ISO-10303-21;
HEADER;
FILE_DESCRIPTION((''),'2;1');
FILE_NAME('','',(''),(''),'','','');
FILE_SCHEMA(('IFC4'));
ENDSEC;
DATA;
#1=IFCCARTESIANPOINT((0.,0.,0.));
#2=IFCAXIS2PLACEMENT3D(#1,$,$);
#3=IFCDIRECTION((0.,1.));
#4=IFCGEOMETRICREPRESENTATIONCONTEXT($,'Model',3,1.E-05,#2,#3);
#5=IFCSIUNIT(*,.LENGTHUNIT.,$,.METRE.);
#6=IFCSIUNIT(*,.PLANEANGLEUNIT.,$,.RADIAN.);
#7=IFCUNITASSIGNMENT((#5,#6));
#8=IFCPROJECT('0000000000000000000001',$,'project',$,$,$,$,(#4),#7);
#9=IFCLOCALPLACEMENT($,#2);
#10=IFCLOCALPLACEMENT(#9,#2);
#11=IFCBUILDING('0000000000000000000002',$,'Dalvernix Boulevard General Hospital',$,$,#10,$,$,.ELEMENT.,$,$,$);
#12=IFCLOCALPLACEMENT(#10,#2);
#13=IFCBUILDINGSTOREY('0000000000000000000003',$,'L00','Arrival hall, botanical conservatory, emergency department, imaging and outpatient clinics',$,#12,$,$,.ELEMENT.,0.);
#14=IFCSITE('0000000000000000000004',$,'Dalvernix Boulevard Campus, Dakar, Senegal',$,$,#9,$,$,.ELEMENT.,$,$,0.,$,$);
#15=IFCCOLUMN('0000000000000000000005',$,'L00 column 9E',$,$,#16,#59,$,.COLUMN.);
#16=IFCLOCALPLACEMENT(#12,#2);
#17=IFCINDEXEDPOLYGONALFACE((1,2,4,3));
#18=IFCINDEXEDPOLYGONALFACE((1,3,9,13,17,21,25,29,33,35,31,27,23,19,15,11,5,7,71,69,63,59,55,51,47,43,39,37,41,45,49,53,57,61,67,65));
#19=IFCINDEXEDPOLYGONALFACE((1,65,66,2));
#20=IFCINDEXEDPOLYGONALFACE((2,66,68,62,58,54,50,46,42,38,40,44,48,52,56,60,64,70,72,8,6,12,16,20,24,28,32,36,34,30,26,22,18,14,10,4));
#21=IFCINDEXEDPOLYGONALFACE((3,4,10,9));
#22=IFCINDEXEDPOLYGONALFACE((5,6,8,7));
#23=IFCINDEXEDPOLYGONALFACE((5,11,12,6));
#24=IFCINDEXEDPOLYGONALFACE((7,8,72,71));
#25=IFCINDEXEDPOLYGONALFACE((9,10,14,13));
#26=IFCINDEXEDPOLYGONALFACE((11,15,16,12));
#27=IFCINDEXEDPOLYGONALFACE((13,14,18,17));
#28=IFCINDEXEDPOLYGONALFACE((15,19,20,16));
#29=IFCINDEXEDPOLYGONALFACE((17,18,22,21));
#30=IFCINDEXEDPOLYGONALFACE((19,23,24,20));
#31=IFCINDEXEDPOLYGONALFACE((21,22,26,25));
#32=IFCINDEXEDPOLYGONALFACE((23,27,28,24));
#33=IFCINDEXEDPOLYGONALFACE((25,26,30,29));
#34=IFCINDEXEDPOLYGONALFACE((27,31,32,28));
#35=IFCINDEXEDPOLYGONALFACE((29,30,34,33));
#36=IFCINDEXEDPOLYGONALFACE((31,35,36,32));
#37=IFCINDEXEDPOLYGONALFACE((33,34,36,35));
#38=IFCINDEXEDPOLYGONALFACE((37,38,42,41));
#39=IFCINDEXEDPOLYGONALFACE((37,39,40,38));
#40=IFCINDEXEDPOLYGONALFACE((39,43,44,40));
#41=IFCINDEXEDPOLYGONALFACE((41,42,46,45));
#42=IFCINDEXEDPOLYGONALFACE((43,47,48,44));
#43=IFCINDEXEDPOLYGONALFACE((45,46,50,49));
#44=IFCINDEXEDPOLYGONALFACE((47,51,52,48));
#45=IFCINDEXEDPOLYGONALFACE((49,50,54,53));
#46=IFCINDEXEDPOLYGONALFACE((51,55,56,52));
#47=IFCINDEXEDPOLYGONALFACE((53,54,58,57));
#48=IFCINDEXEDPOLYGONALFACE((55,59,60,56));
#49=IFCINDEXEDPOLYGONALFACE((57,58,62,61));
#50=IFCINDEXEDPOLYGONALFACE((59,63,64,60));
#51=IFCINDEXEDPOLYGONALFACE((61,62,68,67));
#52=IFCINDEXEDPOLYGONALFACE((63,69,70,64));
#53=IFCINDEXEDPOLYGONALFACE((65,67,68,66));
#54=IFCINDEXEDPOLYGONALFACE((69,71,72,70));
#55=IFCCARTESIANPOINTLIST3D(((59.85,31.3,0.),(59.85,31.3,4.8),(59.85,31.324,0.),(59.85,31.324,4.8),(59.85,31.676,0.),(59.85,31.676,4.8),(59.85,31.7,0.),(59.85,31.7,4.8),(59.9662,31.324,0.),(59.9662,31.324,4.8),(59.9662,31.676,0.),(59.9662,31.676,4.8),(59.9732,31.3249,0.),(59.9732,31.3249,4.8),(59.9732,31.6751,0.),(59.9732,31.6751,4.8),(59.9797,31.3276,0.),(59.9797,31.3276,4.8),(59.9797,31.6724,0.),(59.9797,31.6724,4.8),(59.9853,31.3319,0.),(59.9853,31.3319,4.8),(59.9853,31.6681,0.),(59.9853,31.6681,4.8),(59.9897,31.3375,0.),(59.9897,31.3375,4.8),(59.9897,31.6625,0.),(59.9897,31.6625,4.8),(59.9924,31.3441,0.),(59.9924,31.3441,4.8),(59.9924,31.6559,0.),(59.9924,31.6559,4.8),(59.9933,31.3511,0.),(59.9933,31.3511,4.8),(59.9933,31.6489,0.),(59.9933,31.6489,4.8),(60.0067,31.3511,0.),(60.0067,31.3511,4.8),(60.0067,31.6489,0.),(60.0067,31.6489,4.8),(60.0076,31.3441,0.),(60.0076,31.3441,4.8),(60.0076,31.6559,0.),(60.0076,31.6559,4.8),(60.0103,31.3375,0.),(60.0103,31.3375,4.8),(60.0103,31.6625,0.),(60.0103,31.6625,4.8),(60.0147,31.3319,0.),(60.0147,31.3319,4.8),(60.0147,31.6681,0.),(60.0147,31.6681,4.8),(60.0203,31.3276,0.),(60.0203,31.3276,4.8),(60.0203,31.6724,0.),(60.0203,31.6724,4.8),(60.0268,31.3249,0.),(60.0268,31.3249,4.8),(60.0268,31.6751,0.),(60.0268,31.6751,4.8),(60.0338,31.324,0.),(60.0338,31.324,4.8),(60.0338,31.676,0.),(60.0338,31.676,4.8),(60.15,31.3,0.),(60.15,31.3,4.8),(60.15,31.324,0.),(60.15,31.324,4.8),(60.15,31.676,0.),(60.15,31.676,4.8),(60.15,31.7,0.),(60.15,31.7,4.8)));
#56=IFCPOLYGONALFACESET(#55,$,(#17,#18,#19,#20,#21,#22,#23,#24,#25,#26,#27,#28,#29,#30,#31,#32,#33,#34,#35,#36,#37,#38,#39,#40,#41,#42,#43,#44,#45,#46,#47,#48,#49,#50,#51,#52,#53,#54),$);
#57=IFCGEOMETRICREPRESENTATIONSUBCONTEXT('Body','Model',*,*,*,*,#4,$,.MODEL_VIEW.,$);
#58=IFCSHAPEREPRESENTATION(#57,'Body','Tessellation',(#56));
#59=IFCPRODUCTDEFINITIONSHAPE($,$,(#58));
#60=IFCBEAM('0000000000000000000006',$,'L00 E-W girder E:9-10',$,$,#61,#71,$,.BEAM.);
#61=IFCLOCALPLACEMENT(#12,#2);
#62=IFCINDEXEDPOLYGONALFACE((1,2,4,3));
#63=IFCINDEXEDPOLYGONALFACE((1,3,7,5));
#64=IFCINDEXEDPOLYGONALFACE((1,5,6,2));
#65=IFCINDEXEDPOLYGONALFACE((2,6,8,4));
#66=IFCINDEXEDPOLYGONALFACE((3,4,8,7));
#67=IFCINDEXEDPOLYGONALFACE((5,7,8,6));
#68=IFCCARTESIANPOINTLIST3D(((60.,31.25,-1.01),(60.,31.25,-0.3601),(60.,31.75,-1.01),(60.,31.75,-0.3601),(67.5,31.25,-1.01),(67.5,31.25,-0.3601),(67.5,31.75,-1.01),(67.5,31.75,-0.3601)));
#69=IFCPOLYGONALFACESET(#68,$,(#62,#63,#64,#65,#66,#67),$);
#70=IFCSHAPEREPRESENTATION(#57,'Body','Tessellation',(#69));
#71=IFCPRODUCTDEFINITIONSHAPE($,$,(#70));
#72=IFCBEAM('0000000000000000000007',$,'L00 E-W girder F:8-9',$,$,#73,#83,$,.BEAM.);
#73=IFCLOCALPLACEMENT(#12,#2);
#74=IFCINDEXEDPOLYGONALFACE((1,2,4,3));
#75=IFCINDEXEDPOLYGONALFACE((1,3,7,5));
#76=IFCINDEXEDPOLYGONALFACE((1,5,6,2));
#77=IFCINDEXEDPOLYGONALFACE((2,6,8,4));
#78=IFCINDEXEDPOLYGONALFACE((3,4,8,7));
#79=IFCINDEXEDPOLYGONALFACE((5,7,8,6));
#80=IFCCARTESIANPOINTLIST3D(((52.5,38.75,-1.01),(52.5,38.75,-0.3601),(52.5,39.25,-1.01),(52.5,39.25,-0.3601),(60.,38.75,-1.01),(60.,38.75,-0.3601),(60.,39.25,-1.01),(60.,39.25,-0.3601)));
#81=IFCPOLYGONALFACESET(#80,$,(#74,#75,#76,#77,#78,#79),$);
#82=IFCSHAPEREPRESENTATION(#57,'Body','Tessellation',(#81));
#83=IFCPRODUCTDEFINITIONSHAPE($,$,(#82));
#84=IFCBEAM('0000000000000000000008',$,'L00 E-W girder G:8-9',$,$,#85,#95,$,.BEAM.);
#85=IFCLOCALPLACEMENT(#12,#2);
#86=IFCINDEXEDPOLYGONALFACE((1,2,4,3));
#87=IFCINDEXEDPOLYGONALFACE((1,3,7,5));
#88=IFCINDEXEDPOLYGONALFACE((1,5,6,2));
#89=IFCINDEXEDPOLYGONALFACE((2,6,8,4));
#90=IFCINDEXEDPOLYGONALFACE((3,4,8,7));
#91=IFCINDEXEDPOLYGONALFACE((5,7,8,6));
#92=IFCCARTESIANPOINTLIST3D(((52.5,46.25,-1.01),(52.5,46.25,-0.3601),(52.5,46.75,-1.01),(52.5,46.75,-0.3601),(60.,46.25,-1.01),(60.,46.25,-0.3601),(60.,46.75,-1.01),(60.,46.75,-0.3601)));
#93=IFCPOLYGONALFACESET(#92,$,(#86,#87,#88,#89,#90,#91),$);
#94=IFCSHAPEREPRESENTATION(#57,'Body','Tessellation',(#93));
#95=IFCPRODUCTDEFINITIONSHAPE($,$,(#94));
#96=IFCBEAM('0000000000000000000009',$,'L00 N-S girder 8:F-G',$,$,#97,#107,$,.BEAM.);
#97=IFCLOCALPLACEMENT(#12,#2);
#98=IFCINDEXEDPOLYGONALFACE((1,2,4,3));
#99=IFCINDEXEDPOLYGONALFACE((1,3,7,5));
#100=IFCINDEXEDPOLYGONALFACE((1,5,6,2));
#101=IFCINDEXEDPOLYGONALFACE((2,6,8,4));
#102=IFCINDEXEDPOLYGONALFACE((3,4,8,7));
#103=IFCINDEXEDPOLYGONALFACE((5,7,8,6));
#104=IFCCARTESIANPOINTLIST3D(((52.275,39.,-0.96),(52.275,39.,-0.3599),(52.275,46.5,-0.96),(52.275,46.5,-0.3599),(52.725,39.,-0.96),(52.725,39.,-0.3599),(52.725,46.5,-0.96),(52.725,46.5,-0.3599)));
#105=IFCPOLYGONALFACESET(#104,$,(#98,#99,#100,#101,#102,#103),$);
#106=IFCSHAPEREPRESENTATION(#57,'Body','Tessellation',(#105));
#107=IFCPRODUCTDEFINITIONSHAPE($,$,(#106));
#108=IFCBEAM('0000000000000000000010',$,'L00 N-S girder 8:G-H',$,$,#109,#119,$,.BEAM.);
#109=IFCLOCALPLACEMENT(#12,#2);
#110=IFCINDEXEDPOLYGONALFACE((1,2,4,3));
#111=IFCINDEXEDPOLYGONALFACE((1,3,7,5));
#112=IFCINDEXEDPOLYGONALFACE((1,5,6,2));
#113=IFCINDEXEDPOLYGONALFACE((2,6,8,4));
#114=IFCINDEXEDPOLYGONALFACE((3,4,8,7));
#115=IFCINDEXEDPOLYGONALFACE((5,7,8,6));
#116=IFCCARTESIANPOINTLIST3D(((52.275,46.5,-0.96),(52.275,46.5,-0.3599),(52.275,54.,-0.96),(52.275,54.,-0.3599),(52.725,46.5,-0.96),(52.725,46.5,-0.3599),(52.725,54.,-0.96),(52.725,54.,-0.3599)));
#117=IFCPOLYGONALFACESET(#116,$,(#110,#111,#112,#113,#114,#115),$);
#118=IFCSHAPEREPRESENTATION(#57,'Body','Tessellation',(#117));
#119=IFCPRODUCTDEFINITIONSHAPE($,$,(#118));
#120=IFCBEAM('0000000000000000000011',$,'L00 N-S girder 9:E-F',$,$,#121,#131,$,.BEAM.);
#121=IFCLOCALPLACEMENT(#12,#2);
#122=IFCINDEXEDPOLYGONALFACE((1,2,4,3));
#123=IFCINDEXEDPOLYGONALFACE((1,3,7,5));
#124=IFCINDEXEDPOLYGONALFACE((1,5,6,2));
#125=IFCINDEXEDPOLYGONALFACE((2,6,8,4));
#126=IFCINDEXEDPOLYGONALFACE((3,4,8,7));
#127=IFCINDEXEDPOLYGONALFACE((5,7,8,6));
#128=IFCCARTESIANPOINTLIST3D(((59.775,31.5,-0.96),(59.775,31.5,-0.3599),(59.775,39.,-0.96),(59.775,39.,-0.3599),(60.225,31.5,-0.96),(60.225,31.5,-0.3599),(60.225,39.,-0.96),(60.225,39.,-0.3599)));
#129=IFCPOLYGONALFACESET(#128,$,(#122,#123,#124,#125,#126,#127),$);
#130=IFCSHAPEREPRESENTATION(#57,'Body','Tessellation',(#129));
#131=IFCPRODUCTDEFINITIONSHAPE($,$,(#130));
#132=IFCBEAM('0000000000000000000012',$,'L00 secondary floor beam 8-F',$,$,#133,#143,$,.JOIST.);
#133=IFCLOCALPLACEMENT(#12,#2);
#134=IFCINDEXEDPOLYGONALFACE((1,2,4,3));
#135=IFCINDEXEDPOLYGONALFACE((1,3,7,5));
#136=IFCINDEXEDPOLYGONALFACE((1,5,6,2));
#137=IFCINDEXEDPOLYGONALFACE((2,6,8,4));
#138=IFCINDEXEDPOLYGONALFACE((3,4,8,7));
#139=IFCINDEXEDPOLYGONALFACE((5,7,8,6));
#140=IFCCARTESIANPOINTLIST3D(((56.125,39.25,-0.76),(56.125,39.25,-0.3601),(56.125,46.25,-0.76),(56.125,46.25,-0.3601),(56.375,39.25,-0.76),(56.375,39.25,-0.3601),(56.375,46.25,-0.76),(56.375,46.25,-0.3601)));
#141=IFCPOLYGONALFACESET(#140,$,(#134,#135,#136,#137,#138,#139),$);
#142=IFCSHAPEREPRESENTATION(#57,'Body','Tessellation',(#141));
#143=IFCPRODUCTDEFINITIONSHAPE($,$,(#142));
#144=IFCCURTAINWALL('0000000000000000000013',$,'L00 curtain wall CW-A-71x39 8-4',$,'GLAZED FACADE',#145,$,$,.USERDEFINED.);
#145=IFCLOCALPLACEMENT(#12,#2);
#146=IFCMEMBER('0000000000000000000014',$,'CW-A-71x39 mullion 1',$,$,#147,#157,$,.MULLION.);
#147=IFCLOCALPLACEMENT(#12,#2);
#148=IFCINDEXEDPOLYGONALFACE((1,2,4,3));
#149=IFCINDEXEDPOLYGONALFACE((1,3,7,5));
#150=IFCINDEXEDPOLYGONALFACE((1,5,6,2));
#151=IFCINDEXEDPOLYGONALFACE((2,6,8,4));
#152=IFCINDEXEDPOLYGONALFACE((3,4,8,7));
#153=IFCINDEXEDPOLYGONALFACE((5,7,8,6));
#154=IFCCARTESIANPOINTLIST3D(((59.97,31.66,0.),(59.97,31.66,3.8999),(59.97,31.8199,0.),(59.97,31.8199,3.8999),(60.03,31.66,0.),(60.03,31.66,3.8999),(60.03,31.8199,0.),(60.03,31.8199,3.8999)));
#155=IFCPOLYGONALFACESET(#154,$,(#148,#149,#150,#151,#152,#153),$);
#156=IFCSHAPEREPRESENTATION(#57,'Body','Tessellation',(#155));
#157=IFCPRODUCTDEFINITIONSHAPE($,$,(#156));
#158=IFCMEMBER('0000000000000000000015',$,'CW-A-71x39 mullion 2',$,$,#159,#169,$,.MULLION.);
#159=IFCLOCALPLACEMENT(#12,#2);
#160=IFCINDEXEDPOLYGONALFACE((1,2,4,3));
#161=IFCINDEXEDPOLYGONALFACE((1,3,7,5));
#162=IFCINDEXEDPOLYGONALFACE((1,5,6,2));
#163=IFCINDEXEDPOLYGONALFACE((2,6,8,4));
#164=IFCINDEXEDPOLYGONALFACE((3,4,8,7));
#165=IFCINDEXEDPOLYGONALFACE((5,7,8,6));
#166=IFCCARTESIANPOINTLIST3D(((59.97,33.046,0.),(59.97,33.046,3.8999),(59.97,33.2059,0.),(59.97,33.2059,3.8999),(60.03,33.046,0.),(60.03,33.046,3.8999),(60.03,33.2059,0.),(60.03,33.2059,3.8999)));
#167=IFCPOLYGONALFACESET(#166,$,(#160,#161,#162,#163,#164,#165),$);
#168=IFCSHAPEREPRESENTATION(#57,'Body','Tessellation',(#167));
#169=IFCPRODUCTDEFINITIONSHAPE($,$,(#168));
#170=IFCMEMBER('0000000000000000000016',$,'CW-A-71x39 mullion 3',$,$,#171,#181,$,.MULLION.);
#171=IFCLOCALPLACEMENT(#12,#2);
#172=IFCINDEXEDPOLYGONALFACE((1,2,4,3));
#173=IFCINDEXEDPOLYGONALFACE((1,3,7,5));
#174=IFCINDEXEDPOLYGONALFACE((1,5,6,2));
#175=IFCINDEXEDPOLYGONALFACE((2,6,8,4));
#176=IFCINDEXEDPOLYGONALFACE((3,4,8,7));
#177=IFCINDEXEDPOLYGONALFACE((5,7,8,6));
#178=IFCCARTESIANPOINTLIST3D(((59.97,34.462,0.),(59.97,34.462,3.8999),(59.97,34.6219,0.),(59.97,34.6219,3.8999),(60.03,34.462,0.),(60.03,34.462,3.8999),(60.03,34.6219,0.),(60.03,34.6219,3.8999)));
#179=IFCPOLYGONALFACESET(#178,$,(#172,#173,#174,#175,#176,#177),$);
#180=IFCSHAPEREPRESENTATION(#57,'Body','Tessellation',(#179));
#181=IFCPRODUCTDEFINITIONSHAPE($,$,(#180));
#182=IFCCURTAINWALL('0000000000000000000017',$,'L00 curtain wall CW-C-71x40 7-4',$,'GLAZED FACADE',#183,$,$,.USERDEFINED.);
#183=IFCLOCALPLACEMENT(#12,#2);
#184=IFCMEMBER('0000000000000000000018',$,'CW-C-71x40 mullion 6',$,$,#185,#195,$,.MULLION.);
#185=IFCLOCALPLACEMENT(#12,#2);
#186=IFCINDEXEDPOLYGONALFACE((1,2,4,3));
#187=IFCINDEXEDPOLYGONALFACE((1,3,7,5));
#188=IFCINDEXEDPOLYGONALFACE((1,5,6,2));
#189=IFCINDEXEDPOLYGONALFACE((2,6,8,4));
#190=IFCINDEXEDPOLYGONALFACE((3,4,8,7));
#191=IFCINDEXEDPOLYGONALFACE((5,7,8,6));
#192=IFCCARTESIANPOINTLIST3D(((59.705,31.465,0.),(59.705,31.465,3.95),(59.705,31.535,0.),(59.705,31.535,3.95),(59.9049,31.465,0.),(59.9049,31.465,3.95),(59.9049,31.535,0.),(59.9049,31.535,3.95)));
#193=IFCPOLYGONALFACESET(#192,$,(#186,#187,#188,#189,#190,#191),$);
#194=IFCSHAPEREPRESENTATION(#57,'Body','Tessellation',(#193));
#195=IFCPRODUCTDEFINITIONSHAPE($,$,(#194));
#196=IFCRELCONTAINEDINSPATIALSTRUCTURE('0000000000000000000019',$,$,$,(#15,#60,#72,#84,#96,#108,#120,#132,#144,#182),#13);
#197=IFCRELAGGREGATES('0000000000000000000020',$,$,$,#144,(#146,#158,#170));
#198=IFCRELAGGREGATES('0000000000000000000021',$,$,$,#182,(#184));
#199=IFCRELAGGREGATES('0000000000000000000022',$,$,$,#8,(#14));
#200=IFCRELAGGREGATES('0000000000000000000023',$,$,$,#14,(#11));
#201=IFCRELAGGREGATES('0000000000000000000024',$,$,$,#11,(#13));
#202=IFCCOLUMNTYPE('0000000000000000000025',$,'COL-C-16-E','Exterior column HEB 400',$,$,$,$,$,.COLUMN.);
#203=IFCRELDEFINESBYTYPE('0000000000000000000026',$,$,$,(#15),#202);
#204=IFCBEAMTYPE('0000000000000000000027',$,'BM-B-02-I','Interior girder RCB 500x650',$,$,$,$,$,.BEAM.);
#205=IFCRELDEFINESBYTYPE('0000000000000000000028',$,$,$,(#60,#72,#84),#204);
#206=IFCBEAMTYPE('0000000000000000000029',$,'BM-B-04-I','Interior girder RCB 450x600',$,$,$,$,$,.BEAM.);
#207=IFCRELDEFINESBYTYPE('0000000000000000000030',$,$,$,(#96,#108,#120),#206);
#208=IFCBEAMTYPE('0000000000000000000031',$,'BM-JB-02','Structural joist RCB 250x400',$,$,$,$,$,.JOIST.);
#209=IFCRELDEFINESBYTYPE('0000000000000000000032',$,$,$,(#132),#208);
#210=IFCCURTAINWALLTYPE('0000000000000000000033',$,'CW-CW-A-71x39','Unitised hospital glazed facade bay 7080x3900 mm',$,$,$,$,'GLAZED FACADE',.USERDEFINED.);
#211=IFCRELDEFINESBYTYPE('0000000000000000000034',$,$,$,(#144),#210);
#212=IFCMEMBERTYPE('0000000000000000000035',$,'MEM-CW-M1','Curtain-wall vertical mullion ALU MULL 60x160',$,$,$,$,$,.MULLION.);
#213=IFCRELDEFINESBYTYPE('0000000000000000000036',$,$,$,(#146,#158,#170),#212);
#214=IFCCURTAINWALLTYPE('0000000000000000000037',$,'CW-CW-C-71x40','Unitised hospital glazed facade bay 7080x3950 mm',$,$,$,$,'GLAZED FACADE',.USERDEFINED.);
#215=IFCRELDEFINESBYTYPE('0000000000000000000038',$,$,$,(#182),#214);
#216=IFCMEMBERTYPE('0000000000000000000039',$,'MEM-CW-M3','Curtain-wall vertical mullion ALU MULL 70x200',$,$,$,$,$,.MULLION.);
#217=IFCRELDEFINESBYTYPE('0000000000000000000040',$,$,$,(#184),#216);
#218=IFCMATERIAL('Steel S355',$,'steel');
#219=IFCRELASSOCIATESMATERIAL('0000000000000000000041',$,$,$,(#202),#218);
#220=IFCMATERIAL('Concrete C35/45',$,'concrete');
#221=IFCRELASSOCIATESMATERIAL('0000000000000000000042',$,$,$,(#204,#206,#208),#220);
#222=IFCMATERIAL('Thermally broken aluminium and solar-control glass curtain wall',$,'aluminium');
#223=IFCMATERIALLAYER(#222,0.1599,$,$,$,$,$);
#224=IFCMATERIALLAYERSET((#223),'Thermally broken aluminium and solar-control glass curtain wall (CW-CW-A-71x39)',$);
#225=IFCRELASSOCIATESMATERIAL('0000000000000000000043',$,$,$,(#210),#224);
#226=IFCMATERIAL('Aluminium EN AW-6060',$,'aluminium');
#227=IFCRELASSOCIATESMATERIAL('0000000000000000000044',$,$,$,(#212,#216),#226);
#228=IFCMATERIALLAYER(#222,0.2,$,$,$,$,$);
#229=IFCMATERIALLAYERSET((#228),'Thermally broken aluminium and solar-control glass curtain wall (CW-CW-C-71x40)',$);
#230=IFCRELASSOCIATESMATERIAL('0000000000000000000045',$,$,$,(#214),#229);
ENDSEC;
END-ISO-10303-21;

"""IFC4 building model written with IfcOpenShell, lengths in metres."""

from ifc_helpers import new_model, si_unit, direction, frame, origin, origin_2d, place, context, subcontext, project, spatial, rectangle, i_section, extrude, material, layer, layer_set, material_profile, profile_set, type_object, element, aggregate, save


model = new_model("IFC4")

# Units and contexts
model_context = context("Model", 3, precision=1e-05, world=origin(), true_north=direction((0.0, 1.0)))
body_context = subcontext(model_context, "Body", "Model", "MODEL_VIEW")
ifc_project = project(units=[si_unit("LENGTHUNIT", "METRE"), si_unit("PLANEANGLEUNIT", "RADIAN")], contexts=[model_context])

# Site, building, storey
site_placement = place(None, origin())
site = spatial("IfcSite", under=ifc_project, at=site_placement, Name="Dalvernix Boulevard Campus, Dakar, Senegal", CompositionType="ELEMENT", RefElevation=0.0)
building_placement = place(site_placement, origin())
building = spatial("IfcBuilding", under=site, at=building_placement, Name="Dalvernix Boulevard General Hospital", CompositionType="ELEMENT")
storey_placement = place(building_placement, origin())
storey = spatial("IfcBuildingStorey", under=building, at=storey_placement, Name="L00", Description="Arrival hall, botanical conservatory, emergency department, imaging and outpatient clinics", CompositionType="ELEMENT", Elevation=0.0)

# Column
ifc_material_1 = material(Name="Steel S355", Category="steel")
ifc_material_profile_1 = material_profile(ifc_material_1, i_section(OverallWidth=0.3, OverallDepth=0.3999, WebThickness=0.0134, FlangeThickness=0.0239, FilletRadius=0.0271, at=origin_2d()), Name="HEB 400")
ifc_profile_set_1 = profile_set([ifc_material_profile_1], Name="Steel S355")
column_type = type_object("IfcColumnType", Name="COL-C-16-E", Description="Exterior column HEB 400", PredefinedType="COLUMN", material=ifc_profile_set_1)
column_placement = place(storey_placement, frame((60.0, 31.5, 0.0), z_axis=(0.0, 0.0, 1.0), x_axis=(1.0, 0.0, 0.0)))
element("IfcColumn", 1, at=column_placement, inside=storey, type_object=column_type, Name="L00 column 9E", PredefinedType="COLUMN", context=body_context, shape_type="SweptSolid", body=[
    extrude(i_section(OverallWidth=0.3, OverallDepth=0.3999, WebThickness=0.0134, FlangeThickness=0.0239, FilletRadius=0.0271, at=origin_2d()), origin(), (0.0, 0.0, 1.0), 4.8),
])

# Beams
ifc_material_2 = material(Name="Concrete C35/45", Category="concrete")
ifc_material_profile_2 = material_profile(ifc_material_2, rectangle(XDim=0.5, YDim=0.6499, at=origin_2d()), Name="RCB 500x650")
ifc_profile_set_2 = profile_set([ifc_material_profile_2], Name="Concrete C35/45")
beam_type_1 = type_object("IfcBeamType", Name="BM-B-02-I", Description="Interior girder RCB 500x650", PredefinedType="BEAM", material=ifc_profile_set_2)
for number, where, z_axis, x_axis, name in (
    (2, (60.0, 31.5, -0.6851), (1.0, 0.0, 0.0), (0.0, 1.0, 0.0), "L00 E-W girder E:9-10"),
    (3, (52.5, 39.0, -0.6851), (1.0, 0.0, 0.0), (0.0, 1.0, 0.0), "L00 E-W girder F:8-9"),
    (4, (52.5, 46.5, -0.6851), (1.0, 0.0, 0.0), (0.0, 1.0, 0.0), "L00 E-W girder G:8-9"),
):
    element("IfcBeam", number, at=place(storey_placement, frame(where, z_axis=z_axis, x_axis=x_axis)), inside=storey, type_object=beam_type_1, Name=name, PredefinedType="BEAM", context=body_context, shape_type="SweptSolid", body=[
        extrude(rectangle(XDim=0.5, YDim=0.6499, at=origin_2d()), origin(), (0.0, 0.0, 1.0), 7.5),
    ])
ifc_material_profile_3 = material_profile(ifc_material_2, rectangle(XDim=0.45, YDim=0.6001, at=origin_2d()), Name="RCB 450x600")
ifc_profile_set_3 = profile_set([ifc_material_profile_3], Name="Concrete C35/45")
beam_type_2 = type_object("IfcBeamType", Name="BM-B-04-I", Description="Interior girder RCB 450x600", PredefinedType="BEAM", material=ifc_profile_set_3)
for number, where, z_axis, x_axis, name in (
    (5, (52.5, 39.0, -0.6599), (0.0, 1.0, 0.0), (-1.0, 0.0, 0.0), "L00 N-S girder 8:F-G"),
    (6, (52.5, 46.5, -0.6599), (0.0, 1.0, 0.0), (-1.0, 0.0, 0.0), "L00 N-S girder 8:G-H"),
    (7, (60.0, 31.5, -0.6599), (0.0, 1.0, 0.0), (-1.0, 0.0, 0.0), "L00 N-S girder 9:E-F"),
):
    element("IfcBeam", number, at=place(storey_placement, frame(where, z_axis=z_axis, x_axis=x_axis)), inside=storey, type_object=beam_type_2, Name=name, PredefinedType="BEAM", context=body_context, shape_type="SweptSolid", body=[
        extrude(rectangle(XDim=0.45, YDim=0.6001, at=origin_2d()), origin(), (0.0, 0.0, 1.0), 7.5),
    ])
ifc_material_profile_4 = material_profile(ifc_material_2, rectangle(XDim=0.25, YDim=0.3999, at=origin_2d()), Name="RCB 250x400")
ifc_profile_set_4 = profile_set([ifc_material_profile_4], Name="Concrete C35/45")
beam_type_3 = type_object("IfcBeamType", Name="BM-JB-02", Description="Structural joist RCB 250x400", PredefinedType="JOIST", material=ifc_profile_set_4)
beam_placement = place(storey_placement, frame((56.25, 39.25, -0.5601), z_axis=(0.0, 1.0, 0.0), x_axis=(-1.0, 0.0, 0.0)))
element("IfcBeam", 8, at=beam_placement, inside=storey, type_object=beam_type_3, Name="L00 secondary floor beam 8-F", PredefinedType="JOIST", context=body_context, shape_type="SweptSolid", body=[
    extrude(rectangle(XDim=0.25, YDim=0.3999, at=origin_2d()), origin(), (0.0, 0.0, 1.0), 7.0),
])

# Curtain wall, members
ifc_material_3 = material(Name="Thermally broken aluminium and solar-control glass curtain wall", Category="aluminium")
ifc_layer_1 = layer(ifc_material_3, 0.1599)
ifc_layer_set_1 = layer_set([ifc_layer_1], Name="Thermally broken aluminium and solar-control glass curtain wall (CW-CW-A-71x39)")
curtain_wall_type_1 = type_object("IfcCurtainWallType", Name="CW-CW-A-71x39", Description="Unitised hospital glazed facade bay 7080x3900 mm", ElementType="GLAZED FACADE", PredefinedType="USERDEFINED", material=ifc_layer_set_1)
curtain_wall_1_placement = place(storey_placement, origin())
curtain_wall_1 = element("IfcCurtainWall", 9, at=curtain_wall_1_placement, inside=storey, type_object=curtain_wall_type_1, Name="L00 curtain wall CW-A-71x39 8-4", ObjectType="GLAZED FACADE", PredefinedType="USERDEFINED")
ifc_material_4 = material(Name="Aluminium EN AW-6060", Category="aluminium")
ifc_material_profile_5 = material_profile(ifc_material_4, rectangle(XDim=0.0601, YDim=0.1599, at=origin_2d()), Name="ALU MULL 60x160")
ifc_profile_set_5 = profile_set([ifc_material_profile_5], Name="Aluminium EN AW-6060")
member_type_1 = type_object("IfcMemberType", Name="MEM-CW-M1", Description="Curtain-wall vertical mullion ALU MULL 60x160", PredefinedType="MULLION", material=ifc_profile_set_5)
member_1_placement = place(storey_placement, frame((60.0, 31.74, 0.0), z_axis=(0.0, 0.0, 1.0), x_axis=(-1.0, 0.0, 0.0)))
member_1 = element("IfcMember", 10, at=member_1_placement, type_object=member_type_1, Name="CW-A-71x39 mullion 1", PredefinedType="MULLION", context=body_context, shape_type="SweptSolid", body=[
    extrude(rectangle(XDim=0.0601, YDim=0.1599, at=origin_2d()), origin(), (0.0, 0.0, 1.0), 3.8999),
])
member_2_placement = place(storey_placement, frame((60.0, 33.126, 0.0), z_axis=(0.0, 0.0, 1.0), x_axis=(-1.0, 0.0, 0.0)))
member_2 = element("IfcMember", 11, at=member_2_placement, type_object=member_type_1, Name="CW-A-71x39 mullion 2", PredefinedType="MULLION", context=body_context, shape_type="SweptSolid", body=[
    extrude(rectangle(XDim=0.0601, YDim=0.1599, at=origin_2d()), origin(), (0.0, 0.0, 1.0), 3.8999),
])
member_3_placement = place(storey_placement, frame((60.0, 34.542, 0.0), z_axis=(0.0, 0.0, 1.0), x_axis=(-1.0, 0.0, 0.0)))
member_3 = element("IfcMember", 12, at=member_3_placement, type_object=member_type_1, Name="CW-A-71x39 mullion 3", PredefinedType="MULLION", context=body_context, shape_type="SweptSolid", body=[
    extrude(rectangle(XDim=0.0601, YDim=0.1599, at=origin_2d()), origin(), (0.0, 0.0, 1.0), 3.8999),
])

# Curtain wall, member
ifc_layer_2 = layer(ifc_material_3, 0.2)
ifc_layer_set_2 = layer_set([ifc_layer_2], Name="Thermally broken aluminium and solar-control glass curtain wall (CW-CW-C-71x40)")
curtain_wall_type_2 = type_object("IfcCurtainWallType", Name="CW-CW-C-71x40", Description="Unitised hospital glazed facade bay 7080x3950 mm", ElementType="GLAZED FACADE", PredefinedType="USERDEFINED", material=ifc_layer_set_2)
curtain_wall_2_placement = place(storey_placement, origin())
curtain_wall_2 = element("IfcCurtainWall", 13, at=curtain_wall_2_placement, inside=storey, type_object=curtain_wall_type_2, Name="L00 curtain wall CW-C-71x40 7-4", ObjectType="GLAZED FACADE", PredefinedType="USERDEFINED")
ifc_material_profile_6 = material_profile(ifc_material_4, rectangle(XDim=0.0701, YDim=0.2, at=origin_2d()), Name="ALU MULL 70x200")
ifc_profile_set_6 = profile_set([ifc_material_profile_6], Name="Aluminium EN AW-6060")
member_type_2 = type_object("IfcMemberType", Name="MEM-CW-M3", Description="Curtain-wall vertical mullion ALU MULL 70x200", PredefinedType="MULLION", material=ifc_profile_set_6)
member_4_placement = place(storey_placement, frame((59.8049, 31.5, 0.0), z_axis=(0.0, 0.0, 1.0), x_axis=(0.0, 1.0, 0.0)))
member_4 = element("IfcMember", 14, at=member_4_placement, type_object=member_type_2, Name="CW-C-71x40 mullion 6", PredefinedType="MULLION", context=body_context, shape_type="SweptSolid", body=[
    extrude(rectangle(XDim=0.0701, YDim=0.2, at=origin_2d()), origin(), (0.0, 0.0, 1.0), 3.95),
])

aggregate(curtain_wall_1, [member_1, member_2, member_3])
aggregate(curtain_wall_2, [member_4])

save(model, "model.ifc")
